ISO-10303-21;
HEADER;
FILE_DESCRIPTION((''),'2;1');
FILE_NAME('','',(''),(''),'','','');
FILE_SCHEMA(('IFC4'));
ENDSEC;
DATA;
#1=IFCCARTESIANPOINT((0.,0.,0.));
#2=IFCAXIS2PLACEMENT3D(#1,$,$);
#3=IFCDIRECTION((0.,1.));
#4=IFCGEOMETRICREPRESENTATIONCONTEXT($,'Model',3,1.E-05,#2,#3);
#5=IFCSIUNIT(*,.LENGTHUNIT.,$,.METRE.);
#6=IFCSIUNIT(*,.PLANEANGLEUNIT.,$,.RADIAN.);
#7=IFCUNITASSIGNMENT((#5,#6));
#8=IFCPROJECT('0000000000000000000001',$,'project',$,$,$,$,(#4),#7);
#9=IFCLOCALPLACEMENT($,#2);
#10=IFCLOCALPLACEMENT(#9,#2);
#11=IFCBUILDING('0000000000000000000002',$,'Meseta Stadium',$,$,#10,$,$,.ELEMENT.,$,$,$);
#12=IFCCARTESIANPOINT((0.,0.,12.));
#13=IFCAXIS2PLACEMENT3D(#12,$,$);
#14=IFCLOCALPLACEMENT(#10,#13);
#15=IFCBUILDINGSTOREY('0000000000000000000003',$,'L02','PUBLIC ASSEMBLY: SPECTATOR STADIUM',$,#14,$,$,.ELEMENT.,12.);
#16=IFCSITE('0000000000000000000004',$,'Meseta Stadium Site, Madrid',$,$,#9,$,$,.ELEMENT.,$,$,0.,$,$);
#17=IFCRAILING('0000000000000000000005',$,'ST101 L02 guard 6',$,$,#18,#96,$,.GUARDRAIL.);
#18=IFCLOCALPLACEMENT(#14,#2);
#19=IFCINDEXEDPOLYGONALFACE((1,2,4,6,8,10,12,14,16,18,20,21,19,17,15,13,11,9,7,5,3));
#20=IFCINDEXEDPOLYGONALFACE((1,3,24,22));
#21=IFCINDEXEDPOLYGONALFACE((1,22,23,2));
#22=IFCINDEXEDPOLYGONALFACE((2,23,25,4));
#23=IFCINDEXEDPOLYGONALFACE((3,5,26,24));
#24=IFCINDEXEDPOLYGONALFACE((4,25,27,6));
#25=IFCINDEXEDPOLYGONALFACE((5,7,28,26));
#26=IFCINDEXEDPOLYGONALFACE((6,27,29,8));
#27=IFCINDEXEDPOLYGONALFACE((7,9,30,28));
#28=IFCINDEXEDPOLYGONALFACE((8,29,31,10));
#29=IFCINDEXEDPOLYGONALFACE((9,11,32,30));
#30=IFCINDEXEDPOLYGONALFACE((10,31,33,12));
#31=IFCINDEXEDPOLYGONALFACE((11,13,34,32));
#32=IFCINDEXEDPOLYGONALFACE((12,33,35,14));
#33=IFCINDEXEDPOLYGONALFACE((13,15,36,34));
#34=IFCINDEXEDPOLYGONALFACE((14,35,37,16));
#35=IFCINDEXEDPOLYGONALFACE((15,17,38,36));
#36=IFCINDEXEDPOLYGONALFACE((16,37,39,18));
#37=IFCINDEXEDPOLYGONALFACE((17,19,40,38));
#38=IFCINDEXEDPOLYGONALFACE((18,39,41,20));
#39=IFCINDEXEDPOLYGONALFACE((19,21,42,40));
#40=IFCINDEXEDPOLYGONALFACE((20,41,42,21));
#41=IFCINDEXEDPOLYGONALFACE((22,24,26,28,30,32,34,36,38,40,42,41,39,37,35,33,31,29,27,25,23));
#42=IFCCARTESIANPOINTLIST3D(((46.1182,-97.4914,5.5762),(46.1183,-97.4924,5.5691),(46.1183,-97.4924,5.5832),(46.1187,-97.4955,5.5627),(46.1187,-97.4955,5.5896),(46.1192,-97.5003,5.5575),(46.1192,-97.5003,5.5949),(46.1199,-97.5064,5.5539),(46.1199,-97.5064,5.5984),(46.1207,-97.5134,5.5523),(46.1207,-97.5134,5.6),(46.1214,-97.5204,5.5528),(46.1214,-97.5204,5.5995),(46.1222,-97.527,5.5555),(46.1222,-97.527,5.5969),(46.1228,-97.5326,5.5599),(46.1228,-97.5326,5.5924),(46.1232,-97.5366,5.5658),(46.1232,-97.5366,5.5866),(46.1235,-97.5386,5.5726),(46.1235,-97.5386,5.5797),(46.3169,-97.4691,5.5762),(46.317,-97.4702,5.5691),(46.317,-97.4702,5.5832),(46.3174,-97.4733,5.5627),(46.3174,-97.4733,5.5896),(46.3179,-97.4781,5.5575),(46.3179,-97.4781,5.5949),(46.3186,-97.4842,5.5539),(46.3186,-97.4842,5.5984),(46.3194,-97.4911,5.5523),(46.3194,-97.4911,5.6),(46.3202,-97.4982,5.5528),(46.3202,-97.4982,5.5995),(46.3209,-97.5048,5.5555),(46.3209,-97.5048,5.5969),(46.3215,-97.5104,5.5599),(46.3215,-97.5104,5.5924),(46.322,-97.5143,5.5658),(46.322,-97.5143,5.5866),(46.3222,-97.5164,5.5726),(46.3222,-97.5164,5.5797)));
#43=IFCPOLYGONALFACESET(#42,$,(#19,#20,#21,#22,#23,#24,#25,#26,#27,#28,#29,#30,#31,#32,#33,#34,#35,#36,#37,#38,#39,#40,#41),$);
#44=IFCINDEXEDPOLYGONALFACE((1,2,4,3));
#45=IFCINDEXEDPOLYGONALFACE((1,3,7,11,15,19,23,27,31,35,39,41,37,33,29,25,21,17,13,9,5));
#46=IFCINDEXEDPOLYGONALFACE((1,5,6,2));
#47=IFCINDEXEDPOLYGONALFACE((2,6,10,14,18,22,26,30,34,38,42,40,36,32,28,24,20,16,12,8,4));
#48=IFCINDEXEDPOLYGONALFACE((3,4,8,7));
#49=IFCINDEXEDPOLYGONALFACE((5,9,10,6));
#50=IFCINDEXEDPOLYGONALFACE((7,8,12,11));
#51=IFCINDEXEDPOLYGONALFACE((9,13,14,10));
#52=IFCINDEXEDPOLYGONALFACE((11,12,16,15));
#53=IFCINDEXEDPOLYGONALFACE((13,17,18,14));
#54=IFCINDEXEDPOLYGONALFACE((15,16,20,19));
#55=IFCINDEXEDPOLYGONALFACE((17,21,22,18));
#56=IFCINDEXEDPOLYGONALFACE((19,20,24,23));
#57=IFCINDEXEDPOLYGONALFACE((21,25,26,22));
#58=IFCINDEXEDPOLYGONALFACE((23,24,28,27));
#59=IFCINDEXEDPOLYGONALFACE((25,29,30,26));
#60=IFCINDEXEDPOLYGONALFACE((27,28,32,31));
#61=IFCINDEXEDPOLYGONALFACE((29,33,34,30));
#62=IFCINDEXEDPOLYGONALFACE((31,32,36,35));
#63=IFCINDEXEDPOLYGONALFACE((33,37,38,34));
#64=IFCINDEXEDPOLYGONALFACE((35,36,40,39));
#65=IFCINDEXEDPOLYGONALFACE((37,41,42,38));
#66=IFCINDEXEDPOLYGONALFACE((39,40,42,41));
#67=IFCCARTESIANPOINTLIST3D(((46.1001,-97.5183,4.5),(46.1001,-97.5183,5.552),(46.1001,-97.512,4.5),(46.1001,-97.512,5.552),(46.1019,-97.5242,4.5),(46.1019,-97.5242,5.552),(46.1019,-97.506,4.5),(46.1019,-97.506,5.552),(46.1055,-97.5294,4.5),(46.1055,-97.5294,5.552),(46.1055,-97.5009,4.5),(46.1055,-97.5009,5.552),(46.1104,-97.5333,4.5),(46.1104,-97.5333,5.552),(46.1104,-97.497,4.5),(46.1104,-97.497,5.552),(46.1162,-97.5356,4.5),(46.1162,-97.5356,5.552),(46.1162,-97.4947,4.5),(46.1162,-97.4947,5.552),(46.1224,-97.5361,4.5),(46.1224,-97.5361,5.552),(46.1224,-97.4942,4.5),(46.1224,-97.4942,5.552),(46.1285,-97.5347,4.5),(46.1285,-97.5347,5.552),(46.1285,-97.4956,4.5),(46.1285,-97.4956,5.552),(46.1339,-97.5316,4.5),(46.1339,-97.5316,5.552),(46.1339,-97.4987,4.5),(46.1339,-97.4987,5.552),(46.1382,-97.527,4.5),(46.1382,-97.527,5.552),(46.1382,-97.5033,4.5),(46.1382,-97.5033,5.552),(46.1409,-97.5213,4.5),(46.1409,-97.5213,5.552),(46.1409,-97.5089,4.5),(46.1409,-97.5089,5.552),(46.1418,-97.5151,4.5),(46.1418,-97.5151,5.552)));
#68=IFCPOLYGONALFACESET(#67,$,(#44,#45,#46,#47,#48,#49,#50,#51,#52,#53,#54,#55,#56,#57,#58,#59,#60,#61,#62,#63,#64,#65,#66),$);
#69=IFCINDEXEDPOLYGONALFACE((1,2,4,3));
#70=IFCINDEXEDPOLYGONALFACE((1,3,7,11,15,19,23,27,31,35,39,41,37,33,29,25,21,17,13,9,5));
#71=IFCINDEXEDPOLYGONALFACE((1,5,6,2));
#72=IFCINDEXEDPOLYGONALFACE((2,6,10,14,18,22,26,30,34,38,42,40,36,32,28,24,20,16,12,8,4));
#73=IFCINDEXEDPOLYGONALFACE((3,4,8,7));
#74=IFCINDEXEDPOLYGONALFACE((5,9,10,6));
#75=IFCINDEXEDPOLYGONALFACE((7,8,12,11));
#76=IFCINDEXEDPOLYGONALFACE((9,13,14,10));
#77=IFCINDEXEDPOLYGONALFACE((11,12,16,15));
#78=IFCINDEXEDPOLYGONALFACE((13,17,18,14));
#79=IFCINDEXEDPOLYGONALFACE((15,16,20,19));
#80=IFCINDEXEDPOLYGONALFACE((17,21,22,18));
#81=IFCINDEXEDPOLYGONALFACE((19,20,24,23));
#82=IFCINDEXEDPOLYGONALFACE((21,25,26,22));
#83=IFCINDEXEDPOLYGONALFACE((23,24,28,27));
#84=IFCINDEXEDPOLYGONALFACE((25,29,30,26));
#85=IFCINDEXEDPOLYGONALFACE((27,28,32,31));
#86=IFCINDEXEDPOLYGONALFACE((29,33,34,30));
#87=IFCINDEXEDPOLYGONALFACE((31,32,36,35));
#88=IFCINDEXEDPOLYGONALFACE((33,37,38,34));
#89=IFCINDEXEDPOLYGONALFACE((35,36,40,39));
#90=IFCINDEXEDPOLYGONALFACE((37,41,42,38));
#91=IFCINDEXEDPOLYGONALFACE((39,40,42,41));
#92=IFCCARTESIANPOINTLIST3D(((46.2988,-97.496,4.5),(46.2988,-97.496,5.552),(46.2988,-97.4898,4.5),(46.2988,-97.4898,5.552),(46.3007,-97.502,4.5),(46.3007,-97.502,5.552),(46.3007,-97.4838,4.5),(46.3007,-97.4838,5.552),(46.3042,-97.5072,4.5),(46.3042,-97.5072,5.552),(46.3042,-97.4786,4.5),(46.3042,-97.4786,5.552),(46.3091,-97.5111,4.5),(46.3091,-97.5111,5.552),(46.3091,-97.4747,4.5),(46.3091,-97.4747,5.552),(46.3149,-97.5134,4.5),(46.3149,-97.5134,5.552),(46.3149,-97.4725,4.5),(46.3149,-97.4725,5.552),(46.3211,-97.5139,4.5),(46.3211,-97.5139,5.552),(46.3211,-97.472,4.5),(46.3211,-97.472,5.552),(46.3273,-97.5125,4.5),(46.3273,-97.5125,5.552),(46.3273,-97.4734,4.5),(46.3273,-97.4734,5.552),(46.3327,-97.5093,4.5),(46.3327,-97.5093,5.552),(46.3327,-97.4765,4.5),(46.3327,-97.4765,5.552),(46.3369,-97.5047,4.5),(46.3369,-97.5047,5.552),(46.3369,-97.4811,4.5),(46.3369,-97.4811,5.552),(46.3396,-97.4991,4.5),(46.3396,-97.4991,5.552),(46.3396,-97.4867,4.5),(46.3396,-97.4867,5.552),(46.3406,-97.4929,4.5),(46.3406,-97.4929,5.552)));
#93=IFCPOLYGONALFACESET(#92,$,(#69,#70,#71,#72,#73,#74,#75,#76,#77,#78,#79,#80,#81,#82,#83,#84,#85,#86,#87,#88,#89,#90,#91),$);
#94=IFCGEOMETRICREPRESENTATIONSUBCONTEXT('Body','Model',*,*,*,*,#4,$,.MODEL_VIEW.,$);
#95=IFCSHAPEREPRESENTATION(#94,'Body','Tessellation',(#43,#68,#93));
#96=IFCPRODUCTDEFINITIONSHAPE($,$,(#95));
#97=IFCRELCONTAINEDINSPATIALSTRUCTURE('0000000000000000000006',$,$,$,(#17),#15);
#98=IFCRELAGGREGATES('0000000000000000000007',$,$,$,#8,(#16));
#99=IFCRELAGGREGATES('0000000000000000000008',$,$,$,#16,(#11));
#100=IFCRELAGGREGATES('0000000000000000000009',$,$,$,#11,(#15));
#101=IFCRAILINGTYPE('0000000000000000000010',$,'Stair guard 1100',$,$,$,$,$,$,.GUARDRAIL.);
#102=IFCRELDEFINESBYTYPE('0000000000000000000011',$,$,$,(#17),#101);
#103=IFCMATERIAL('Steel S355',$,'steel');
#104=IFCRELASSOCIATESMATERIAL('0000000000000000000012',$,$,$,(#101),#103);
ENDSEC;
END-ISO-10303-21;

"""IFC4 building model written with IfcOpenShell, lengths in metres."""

from ifc_helpers import new_model, si_unit, direction, frame, origin, origin_2d, place, context, subcontext, project, spatial, circle, extrude, material, type_object, element, save


model = new_model("IFC4")

# Units and contexts
model_context = context("Model", 3, precision=1e-05, world=origin(), true_north=direction((0.0, 1.0)))
body_context = subcontext(model_context, "Body", "Model", "MODEL_VIEW")
ifc_project = project(units=[si_unit("LENGTHUNIT", "METRE"), si_unit("PLANEANGLEUNIT", "RADIAN")], contexts=[model_context])

# Site, building, storey
site_placement = place(None, origin())
site = spatial("IfcSite", under=ifc_project, at=site_placement, Name="Meseta Stadium Site, Madrid", CompositionType="ELEMENT", RefElevation=0.0)
building_placement = place(site_placement, origin())
building = spatial("IfcBuilding", under=site, at=building_placement, Name="Meseta Stadium", CompositionType="ELEMENT")
storey_placement = place(building_placement, frame((0.0, 0.0, 12.0)))
storey = spatial("IfcBuildingStorey", under=building, at=storey_placement, Name="L02", Description="PUBLIC ASSEMBLY: SPECTATOR STADIUM", CompositionType="ELEMENT", Elevation=12.0)

# Railing
ifc_material_1 = material(Name="Steel S355", Category="steel")
railing_type_1 = type_object("IfcRailingType", Name="Stair guard 1100", PredefinedType="GUARDRAIL", material=ifc_material_1)
railing_1_placement = place(storey_placement, frame((46.1208, -97.5151, 4.5)))
element("IfcRailing", 1, at=railing_1_placement, inside=storey, type_object=railing_type_1, Name="ST101 L02 guard 6", PredefinedType="GUARDRAIL", context=body_context, shape_type="SweptSolid", body=[
    extrude(circle(Radius=0.0239, at=origin_2d()), frame((0.0, 0.0, 1.0762), z_axis=(0.993809, 0.111102, 0.0), x_axis=(-0.111102, 0.993809, 0.0)), (0.0, 0.0, 1.0), 0.2),
    extrude(circle(Radius=0.021, at=origin_2d()), origin(), (0.0, 0.0, 1.0), 1.052),
    extrude(circle(Radius=0.021, at=origin_2d()), frame((0.1987, 0.0222, 0.0)), (0.0, 0.0, 1.0), 1.052),
])

save(model, "model.ifc")
